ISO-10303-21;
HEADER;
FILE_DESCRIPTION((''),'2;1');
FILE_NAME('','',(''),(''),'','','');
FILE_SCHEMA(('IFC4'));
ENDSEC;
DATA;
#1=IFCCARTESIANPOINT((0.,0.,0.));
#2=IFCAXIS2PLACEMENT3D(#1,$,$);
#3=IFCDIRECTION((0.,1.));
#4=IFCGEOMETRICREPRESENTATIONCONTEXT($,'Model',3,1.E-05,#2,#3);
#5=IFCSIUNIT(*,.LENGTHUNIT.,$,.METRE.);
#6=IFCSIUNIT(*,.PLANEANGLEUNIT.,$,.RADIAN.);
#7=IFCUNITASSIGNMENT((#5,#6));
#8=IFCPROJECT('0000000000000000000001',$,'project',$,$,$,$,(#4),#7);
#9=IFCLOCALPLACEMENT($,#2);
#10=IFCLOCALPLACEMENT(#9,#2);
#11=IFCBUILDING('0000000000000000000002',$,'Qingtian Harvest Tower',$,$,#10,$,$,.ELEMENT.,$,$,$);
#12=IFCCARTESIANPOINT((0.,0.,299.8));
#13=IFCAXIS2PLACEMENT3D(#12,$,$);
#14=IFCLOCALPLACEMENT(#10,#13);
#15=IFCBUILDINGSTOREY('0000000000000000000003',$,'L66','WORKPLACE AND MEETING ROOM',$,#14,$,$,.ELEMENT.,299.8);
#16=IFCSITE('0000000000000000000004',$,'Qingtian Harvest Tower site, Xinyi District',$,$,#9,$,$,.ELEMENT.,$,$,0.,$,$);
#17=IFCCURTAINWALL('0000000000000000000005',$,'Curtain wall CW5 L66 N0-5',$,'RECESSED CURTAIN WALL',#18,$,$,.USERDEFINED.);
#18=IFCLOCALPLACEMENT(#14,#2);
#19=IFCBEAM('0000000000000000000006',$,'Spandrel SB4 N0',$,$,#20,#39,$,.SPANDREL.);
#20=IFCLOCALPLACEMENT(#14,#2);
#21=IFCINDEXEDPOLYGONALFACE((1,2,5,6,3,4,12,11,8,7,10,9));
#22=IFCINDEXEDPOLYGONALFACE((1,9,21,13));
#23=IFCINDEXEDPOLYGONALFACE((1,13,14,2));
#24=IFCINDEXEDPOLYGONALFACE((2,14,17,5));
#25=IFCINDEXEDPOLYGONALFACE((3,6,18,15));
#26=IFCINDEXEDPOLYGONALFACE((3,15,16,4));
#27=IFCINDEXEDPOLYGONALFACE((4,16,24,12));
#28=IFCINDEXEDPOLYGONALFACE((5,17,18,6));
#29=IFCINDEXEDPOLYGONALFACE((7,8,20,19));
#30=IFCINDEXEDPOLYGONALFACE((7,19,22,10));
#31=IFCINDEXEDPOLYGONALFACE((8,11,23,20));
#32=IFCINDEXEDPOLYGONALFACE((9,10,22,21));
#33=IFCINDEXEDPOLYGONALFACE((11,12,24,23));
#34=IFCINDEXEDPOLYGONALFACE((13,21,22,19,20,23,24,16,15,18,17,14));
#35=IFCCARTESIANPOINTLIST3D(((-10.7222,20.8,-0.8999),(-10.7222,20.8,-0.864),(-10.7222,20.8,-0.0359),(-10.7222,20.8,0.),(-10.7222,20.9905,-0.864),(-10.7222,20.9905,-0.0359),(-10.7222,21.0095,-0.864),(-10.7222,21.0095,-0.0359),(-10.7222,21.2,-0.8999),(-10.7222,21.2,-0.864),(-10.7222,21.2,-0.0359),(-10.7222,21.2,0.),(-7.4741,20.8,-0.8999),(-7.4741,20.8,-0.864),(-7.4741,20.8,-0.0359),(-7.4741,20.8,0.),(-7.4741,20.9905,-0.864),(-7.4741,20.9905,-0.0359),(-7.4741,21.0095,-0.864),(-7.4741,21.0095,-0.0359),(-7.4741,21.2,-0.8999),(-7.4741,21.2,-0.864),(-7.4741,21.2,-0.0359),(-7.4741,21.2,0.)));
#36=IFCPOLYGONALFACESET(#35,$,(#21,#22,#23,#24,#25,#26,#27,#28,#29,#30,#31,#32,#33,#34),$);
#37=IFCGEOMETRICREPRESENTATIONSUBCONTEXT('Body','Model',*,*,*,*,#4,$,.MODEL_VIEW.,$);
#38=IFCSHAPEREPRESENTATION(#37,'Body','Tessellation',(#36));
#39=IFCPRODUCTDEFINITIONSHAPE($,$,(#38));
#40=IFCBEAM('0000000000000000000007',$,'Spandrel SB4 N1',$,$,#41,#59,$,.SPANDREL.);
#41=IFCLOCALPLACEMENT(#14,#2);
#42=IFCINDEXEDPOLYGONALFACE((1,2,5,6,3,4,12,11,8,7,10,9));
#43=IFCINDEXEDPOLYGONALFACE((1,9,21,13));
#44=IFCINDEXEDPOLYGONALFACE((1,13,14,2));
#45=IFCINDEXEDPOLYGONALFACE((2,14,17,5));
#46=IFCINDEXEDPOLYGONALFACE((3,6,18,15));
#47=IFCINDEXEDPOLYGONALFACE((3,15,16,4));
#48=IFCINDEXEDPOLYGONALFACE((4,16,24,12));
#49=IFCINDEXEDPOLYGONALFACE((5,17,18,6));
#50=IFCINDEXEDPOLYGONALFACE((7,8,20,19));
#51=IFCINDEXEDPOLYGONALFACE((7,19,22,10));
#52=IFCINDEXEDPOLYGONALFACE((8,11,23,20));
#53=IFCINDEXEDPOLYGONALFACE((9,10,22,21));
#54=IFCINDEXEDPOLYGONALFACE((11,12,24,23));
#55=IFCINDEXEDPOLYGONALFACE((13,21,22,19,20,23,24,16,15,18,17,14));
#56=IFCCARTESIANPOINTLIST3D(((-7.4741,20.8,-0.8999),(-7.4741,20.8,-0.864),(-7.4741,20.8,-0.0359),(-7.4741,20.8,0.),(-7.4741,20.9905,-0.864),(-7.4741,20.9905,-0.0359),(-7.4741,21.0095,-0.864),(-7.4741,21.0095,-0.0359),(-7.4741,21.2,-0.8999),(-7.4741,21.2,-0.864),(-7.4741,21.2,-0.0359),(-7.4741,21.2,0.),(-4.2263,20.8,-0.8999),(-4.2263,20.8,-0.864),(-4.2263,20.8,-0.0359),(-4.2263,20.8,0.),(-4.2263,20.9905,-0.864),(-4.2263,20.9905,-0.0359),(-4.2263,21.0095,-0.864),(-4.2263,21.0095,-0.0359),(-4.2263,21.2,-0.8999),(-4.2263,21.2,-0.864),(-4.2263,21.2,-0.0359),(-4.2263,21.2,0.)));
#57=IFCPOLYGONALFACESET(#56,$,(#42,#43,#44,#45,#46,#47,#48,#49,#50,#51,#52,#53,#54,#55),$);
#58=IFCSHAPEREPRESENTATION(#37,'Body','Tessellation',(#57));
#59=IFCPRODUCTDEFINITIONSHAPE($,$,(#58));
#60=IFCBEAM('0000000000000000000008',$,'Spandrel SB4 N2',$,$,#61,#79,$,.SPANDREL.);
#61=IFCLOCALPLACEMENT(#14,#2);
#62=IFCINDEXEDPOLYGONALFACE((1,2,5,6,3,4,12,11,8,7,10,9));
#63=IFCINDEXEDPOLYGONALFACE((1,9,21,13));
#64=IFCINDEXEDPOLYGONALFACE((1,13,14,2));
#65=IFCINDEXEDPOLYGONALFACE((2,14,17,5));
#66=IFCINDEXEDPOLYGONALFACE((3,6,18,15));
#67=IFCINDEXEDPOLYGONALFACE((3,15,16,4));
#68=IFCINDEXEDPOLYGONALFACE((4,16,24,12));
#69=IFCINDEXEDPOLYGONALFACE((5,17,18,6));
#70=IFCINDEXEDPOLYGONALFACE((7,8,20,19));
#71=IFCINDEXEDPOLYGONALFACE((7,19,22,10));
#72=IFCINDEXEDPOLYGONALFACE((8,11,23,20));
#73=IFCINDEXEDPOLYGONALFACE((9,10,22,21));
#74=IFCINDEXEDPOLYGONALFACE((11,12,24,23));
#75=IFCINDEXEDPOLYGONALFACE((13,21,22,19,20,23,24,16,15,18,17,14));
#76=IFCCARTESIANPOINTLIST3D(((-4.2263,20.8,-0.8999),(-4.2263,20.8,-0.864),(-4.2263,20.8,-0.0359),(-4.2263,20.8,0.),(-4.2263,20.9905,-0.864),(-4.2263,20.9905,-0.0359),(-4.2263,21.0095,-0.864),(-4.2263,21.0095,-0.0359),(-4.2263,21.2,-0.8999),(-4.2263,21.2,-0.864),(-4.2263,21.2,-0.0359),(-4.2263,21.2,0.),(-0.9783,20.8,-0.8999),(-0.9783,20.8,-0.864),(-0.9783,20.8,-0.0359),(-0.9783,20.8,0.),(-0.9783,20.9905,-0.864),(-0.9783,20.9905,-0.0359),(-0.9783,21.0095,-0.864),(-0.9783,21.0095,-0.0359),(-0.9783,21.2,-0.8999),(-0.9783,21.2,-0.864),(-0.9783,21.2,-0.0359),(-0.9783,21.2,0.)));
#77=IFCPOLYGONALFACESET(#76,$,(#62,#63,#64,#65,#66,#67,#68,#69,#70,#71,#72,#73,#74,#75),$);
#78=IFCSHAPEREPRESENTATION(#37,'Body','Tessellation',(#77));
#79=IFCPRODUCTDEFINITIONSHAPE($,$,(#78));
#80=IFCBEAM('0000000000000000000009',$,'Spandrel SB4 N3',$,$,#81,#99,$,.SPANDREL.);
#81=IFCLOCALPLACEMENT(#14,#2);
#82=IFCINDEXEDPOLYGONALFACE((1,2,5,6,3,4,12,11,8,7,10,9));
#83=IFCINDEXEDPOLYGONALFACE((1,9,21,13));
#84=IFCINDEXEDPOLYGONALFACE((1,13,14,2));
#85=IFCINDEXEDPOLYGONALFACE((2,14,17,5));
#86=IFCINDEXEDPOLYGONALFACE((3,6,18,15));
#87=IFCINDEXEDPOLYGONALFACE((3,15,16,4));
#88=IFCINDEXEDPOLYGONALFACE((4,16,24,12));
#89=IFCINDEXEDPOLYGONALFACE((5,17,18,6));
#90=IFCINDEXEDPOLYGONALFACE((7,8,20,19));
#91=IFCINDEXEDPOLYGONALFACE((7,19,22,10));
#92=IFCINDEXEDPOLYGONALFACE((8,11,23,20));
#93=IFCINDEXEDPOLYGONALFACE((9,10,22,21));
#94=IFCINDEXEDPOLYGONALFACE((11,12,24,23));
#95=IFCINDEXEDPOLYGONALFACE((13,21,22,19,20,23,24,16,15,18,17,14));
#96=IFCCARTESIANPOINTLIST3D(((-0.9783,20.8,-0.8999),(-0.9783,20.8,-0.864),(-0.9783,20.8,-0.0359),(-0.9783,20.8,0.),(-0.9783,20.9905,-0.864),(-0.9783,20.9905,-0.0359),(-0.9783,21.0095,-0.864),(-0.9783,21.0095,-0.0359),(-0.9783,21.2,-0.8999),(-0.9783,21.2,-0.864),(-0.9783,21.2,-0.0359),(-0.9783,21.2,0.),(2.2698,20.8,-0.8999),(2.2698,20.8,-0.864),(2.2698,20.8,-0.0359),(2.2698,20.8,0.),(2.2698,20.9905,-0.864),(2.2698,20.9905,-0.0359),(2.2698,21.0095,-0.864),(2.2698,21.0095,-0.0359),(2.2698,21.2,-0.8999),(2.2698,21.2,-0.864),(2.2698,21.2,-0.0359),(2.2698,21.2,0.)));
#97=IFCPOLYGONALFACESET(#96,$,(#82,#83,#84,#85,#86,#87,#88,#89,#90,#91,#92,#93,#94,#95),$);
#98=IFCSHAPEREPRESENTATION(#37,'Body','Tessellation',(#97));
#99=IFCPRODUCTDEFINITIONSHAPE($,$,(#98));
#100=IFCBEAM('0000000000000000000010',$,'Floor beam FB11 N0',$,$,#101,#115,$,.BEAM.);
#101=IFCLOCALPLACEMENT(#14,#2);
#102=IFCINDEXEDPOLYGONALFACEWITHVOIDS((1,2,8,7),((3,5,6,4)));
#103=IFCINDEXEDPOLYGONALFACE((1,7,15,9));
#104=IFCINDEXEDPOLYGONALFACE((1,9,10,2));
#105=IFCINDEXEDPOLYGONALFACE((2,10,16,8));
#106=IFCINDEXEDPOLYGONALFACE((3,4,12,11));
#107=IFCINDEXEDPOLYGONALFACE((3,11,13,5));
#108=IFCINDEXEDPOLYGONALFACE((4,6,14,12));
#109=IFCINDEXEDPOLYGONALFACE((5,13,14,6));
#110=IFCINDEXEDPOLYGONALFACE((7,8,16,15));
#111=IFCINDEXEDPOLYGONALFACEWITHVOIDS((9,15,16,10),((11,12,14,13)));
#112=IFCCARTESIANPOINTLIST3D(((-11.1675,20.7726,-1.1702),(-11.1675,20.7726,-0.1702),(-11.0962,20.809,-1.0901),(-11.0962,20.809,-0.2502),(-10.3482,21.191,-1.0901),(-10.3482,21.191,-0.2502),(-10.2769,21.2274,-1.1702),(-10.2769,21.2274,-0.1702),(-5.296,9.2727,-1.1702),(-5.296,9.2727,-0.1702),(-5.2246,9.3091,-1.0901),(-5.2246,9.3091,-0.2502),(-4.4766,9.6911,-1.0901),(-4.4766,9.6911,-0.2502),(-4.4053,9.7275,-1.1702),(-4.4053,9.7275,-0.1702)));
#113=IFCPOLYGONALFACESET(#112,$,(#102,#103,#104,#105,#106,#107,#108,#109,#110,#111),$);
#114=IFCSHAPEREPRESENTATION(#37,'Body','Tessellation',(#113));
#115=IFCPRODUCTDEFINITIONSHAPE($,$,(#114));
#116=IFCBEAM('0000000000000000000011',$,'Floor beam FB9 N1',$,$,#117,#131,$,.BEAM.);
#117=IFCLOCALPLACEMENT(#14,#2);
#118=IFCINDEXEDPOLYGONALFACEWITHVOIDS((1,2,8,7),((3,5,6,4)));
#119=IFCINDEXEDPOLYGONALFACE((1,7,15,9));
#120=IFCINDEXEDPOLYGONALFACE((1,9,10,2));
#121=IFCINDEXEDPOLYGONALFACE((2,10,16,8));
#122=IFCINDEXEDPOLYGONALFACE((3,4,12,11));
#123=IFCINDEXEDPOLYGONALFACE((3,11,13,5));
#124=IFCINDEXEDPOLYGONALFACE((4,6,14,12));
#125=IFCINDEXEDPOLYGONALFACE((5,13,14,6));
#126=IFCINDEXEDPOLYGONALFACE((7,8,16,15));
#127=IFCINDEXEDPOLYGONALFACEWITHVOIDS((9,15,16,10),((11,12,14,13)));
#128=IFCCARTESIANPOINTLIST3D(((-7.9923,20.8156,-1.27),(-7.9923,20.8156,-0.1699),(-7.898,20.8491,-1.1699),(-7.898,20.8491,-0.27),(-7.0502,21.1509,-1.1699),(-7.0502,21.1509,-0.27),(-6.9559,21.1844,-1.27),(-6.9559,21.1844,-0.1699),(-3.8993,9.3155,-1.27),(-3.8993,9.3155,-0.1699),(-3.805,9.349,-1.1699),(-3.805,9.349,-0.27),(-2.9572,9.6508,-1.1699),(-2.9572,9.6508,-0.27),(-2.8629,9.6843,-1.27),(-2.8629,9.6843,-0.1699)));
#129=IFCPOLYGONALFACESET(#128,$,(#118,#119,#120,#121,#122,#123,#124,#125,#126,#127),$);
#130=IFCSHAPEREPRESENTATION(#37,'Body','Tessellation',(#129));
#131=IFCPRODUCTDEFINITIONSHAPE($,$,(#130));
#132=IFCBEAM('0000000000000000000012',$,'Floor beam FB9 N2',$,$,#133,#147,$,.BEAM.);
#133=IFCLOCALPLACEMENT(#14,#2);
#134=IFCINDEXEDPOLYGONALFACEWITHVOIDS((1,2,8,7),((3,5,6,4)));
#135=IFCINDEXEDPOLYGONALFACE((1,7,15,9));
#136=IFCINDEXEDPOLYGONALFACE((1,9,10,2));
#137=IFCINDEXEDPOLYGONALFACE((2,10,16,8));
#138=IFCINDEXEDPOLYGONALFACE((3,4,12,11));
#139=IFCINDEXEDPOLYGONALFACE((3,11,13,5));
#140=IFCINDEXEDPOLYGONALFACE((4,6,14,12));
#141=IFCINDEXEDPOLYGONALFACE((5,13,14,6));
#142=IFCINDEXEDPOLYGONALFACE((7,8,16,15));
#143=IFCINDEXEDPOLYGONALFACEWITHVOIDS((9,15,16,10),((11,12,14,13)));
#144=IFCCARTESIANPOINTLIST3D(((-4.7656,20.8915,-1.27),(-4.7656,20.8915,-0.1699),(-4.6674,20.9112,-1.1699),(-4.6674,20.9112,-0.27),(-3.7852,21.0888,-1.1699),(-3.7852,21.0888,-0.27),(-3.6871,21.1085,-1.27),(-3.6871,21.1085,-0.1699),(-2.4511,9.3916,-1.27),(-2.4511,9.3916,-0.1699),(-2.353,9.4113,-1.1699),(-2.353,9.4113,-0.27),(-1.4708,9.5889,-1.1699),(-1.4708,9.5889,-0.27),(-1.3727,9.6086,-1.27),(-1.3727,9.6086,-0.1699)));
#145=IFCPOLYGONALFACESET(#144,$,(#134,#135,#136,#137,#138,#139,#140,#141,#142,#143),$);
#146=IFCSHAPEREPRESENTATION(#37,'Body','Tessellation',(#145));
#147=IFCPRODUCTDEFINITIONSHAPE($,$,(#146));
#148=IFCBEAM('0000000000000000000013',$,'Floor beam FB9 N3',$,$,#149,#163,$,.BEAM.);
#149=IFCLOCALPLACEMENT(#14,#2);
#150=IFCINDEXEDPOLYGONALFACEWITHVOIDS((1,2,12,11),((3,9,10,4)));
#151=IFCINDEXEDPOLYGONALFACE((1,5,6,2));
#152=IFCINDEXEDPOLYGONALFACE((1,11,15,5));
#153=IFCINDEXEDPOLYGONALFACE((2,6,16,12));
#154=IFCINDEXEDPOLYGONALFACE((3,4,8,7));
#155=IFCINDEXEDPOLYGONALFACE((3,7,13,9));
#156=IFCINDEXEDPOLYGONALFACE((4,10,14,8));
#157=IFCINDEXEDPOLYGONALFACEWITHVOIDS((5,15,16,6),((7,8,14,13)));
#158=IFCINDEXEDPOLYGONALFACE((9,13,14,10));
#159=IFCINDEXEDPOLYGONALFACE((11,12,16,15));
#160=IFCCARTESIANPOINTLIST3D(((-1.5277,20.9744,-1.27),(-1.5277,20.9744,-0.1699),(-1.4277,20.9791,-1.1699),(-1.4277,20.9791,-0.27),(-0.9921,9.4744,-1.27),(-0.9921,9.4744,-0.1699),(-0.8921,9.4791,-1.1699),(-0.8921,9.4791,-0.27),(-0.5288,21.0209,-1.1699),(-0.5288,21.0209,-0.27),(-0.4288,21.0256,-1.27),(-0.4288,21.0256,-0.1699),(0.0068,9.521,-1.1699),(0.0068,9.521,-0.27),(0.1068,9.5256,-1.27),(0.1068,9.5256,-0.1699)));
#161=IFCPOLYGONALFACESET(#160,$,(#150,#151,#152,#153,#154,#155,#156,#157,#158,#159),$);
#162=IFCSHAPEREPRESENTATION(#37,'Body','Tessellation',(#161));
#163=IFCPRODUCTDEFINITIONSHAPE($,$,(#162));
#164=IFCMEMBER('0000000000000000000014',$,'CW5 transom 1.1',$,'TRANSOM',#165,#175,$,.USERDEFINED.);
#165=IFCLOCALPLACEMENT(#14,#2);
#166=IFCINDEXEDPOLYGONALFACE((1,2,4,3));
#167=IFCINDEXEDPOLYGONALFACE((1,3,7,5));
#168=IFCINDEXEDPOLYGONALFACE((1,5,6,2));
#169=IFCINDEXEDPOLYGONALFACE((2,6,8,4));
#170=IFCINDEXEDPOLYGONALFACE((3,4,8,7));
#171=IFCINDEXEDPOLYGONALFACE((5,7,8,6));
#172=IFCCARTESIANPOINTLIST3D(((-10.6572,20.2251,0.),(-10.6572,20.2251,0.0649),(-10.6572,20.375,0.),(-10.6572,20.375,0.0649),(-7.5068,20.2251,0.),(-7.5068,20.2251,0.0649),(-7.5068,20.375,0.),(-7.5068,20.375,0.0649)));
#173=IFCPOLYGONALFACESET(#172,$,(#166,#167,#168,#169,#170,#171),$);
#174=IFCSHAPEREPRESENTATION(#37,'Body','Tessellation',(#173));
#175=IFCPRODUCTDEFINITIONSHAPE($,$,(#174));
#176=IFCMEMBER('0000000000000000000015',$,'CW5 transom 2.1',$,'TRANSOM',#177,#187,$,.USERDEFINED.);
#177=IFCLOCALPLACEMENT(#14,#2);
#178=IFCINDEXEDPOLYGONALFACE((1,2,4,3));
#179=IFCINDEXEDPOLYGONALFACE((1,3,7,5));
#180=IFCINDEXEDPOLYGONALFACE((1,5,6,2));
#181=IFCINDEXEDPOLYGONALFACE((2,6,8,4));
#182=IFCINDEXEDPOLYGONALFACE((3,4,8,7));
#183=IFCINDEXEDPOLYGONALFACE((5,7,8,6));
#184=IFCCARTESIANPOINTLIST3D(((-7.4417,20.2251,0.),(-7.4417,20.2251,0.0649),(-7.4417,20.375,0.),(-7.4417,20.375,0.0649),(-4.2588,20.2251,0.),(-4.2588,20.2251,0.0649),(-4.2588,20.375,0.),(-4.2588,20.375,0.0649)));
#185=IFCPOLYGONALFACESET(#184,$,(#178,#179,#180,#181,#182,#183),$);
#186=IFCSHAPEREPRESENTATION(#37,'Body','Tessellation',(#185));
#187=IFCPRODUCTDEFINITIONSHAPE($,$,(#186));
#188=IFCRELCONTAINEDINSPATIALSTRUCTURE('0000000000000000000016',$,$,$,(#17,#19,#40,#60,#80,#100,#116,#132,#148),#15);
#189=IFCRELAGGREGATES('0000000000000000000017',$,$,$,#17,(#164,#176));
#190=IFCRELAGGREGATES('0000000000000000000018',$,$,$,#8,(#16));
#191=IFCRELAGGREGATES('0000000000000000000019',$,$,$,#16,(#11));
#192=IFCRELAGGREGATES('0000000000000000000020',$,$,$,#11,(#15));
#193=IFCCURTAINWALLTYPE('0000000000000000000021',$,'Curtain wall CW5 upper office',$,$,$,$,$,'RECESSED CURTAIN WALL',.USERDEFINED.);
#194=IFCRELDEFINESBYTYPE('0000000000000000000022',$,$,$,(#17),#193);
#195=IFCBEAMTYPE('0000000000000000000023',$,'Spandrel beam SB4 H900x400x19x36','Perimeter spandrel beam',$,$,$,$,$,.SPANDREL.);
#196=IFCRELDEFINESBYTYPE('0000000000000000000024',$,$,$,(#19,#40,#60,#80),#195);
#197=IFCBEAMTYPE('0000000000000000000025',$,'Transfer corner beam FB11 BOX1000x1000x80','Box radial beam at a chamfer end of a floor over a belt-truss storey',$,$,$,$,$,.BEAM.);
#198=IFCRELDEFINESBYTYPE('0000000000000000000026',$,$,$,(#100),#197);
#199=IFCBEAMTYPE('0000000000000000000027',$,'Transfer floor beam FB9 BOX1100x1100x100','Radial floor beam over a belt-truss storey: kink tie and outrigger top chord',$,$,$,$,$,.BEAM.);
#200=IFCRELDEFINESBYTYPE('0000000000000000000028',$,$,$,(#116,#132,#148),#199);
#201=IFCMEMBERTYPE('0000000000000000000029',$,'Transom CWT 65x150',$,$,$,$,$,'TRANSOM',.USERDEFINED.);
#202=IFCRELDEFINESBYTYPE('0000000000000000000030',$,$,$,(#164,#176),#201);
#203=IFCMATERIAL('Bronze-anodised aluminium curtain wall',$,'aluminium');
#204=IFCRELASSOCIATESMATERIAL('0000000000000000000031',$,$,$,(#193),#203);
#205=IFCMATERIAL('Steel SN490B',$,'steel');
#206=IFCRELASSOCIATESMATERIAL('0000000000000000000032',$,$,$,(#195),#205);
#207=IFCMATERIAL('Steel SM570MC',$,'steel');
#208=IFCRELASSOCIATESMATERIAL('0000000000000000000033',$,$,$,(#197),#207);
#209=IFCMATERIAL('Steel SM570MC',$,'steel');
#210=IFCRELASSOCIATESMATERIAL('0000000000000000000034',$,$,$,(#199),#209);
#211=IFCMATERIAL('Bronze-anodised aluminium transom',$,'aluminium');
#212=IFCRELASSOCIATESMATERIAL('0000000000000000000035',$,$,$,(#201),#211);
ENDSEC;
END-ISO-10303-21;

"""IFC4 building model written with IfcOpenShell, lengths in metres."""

from ifc_helpers import new_model, si_unit, direction, frame, origin, origin_2d, place, context, subcontext, project, spatial, rectangle, hollow_rectangle, i_section, extrude, material, material_profile, profile_set, type_object, element, aggregate, save


model = new_model("IFC4")

# Units and contexts
model_context = context("Model", 3, precision=1e-05, world=origin(), true_north=direction((0.0, 1.0)))
body_context = subcontext(model_context, "Body", "Model", "MODEL_VIEW")
ifc_project = project(units=[si_unit("LENGTHUNIT", "METRE"), si_unit("PLANEANGLEUNIT", "RADIAN")], contexts=[model_context])

# Site, building, storey
site_placement = place(None, origin())
site = spatial("IfcSite", under=ifc_project, at=site_placement, Name="Qingtian Harvest Tower site, Xinyi District", CompositionType="ELEMENT", RefElevation=0.0)
building_placement = place(site_placement, origin())
building = spatial("IfcBuilding", under=site, at=building_placement, Name="Qingtian Harvest Tower", CompositionType="ELEMENT")
storey_placement = place(building_placement, frame((0.0, 0.0, 299.8)))
storey = spatial("IfcBuildingStorey", under=building, at=storey_placement, Name="L66", Description="WORKPLACE AND MEETING ROOM", CompositionType="ELEMENT", Elevation=299.8)

# Curtain wall
ifc_material_1 = material(Name="Bronze-anodised aluminium curtain wall", Category="aluminium")
curtain_wall_type = type_object("IfcCurtainWallType", Name="Curtain wall CW5 upper office", ElementType="RECESSED CURTAIN WALL", PredefinedType="USERDEFINED", material=ifc_material_1)
curtain_wall_1_placement = place(storey_placement, origin())
curtain_wall_1 = element("IfcCurtainWall", 1, at=curtain_wall_1_placement, inside=storey, type_object=curtain_wall_type, Name="Curtain wall CW5 L66 N0-5", ObjectType="RECESSED CURTAIN WALL", PredefinedType="USERDEFINED")

# Beams
ifc_material_2 = material(Name="Steel SN490B", Category="steel")
ifc_material_profile_1 = material_profile(ifc_material_2, i_section(OverallWidth=0.3999, OverallDepth=0.8999, WebThickness=0.019, FlangeThickness=0.0359, at=origin_2d()), Name="H900x400x19x36")
ifc_profile_set_1 = profile_set([ifc_material_profile_1], Name="Steel SN490B")
beam_type_1 = type_object("IfcBeamType", Name="Spandrel beam SB4 H900x400x19x36", Description="Perimeter spandrel beam", PredefinedType="SPANDREL", material=ifc_profile_set_1)
beam_1_placement = place(storey_placement, frame((-10.7222, 21.0, -0.45), z_axis=(1.0, 0.0, 0.0), x_axis=(0.0, 1.0, 0.0)))
element("IfcBeam", 2, at=beam_1_placement, inside=storey, type_object=beam_type_1, Name="Spandrel SB4 N0", PredefinedType="SPANDREL", context=body_context, shape_type="SweptSolid", body=[
    extrude(i_section(OverallWidth=0.3999, OverallDepth=0.8999, WebThickness=0.019, FlangeThickness=0.0359, at=origin_2d()), origin(), (0.0, 0.0, 1.0), 3.248),
])
beam_2_placement = place(storey_placement, frame((-7.4741, 21.0, -0.45), z_axis=(1.0, 0.0, 0.0), x_axis=(0.0, 1.0, 0.0)))
element("IfcBeam", 3, at=beam_2_placement, inside=storey, type_object=beam_type_1, Name="Spandrel SB4 N1", PredefinedType="SPANDREL", context=body_context, shape_type="SweptSolid", body=[
    extrude(i_section(OverallWidth=0.3999, OverallDepth=0.8999, WebThickness=0.019, FlangeThickness=0.0359, at=origin_2d()), origin(), (0.0, 0.0, 1.0), 3.2478),
])
for number, where, z_axis, x_axis, name in (
    (4, (-4.2263, 21.0, -0.45), (1.0, 0.0, 0.0), (0.0, 1.0, 0.0), "Spandrel SB4 N2"),
    (5, (-0.9783, 21.0, -0.45), (1.0, 0.0, 0.0), (0.0, 1.0, 0.0), "Spandrel SB4 N3"),
):
    element("IfcBeam", number, at=place(storey_placement, frame(where, z_axis=z_axis, x_axis=x_axis)), inside=storey, type_object=beam_type_1, Name=name, PredefinedType="SPANDREL", context=body_context, shape_type="SweptSolid", body=[
        extrude(i_section(OverallWidth=0.3999, OverallDepth=0.8999, WebThickness=0.019, FlangeThickness=0.0359, at=origin_2d()), origin(), (0.0, 0.0, 1.0), 3.248),
    ])
ifc_material_3 = material(Name="Steel SM570MC", Category="steel")
ifc_material_profile_2 = material_profile(ifc_material_3, hollow_rectangle(XDim=1.0, YDim=1.0, WallThickness=0.0801, at=origin_2d()), Name="BOX1000x1000x80")
ifc_profile_set_2 = profile_set([ifc_material_profile_2], Name="Steel SM570MC")
beam_type_2 = type_object("IfcBeamType", Name="Transfer corner beam FB11 BOX1000x1000x80", Description="Box radial beam at a chamfer end of a floor over a belt-truss storey", PredefinedType="BEAM", material=ifc_profile_set_2)
beam_3_placement = place(storey_placement, frame((-10.7222, 21.0, -0.6702), z_axis=(0.454731, -0.890629, 0.0), x_axis=(0.890629, 0.454731, 0.0)))
element("IfcBeam", 6, at=beam_3_placement, inside=storey, type_object=beam_type_2, Name="Floor beam FB11 N0", PredefinedType="BEAM", context=body_context, shape_type="SweptSolid", body=[
    extrude(hollow_rectangle(XDim=1.0, YDim=1.0, WallThickness=0.0801, at=origin_2d()), origin(), (0.0, 0.0, 1.0), 12.9121),
])
ifc_material_4 = material(Name="Steel SM570MC", Category="steel")
ifc_material_profile_3 = material_profile(ifc_material_4, hollow_rectangle(XDim=1.1001, YDim=1.1001, WallThickness=0.1001, at=origin_2d()), Name="BOX1100x1100x100")
ifc_profile_set_3 = profile_set([ifc_material_profile_3], Name="Steel SM570MC")
beam_type_3 = type_object("IfcBeamType", Name="Transfer floor beam FB9 BOX1100x1100x100", Description="Radial floor beam over a belt-truss storey: kink tie and outrigger top chord", PredefinedType="BEAM", material=ifc_profile_set_3)
beam_4_placement = place(storey_placement, frame((-7.4741, 21.0, -0.72), z_axis=(0.33531, -0.942108, 0.0), x_axis=(0.942108, 0.33531, 0.0)))
element("IfcBeam", 7, at=beam_4_placement, inside=storey, type_object=beam_type_3, Name="Floor beam FB9 N1", PredefinedType="BEAM", context=body_context, shape_type="SweptSolid", body=[
    extrude(hollow_rectangle(XDim=1.1001, YDim=1.1001, WallThickness=0.1001, at=origin_2d()), origin(), (0.0, 0.0, 1.0), 12.2068),
])
beam_5_placement = place(storey_placement, frame((-4.2263, 21.0, -0.72), z_axis=(0.197301, -0.980343, 0.0), x_axis=(0.980343, 0.197301, 0.0)))
element("IfcBeam", 8, at=beam_5_placement, inside=storey, type_object=beam_type_3, Name="Floor beam FB9 N2", PredefinedType="BEAM", context=body_context, shape_type="SweptSolid", body=[
    extrude(hollow_rectangle(XDim=1.1001, YDim=1.1001, WallThickness=0.1001, at=origin_2d()), origin(), (0.0, 0.0, 1.0), 11.7305),
])
beam_6_placement = place(storey_placement, frame((-0.9783, 21.0, -0.72), z_axis=(0.046527, -0.998917, 0.0), x_axis=(0.998917, 0.046527, 0.0)))
element("IfcBeam", 9, at=beam_6_placement, inside=storey, type_object=beam_type_3, Name="Floor beam FB9 N3", PredefinedType="BEAM", context=body_context, shape_type="SweptSolid", body=[
    extrude(hollow_rectangle(XDim=1.1001, YDim=1.1001, WallThickness=0.1001, at=origin_2d()), origin(), (0.0, 0.0, 1.0), 11.5125),
])

# Members
ifc_material_5 = material(Name="Bronze-anodised aluminium transom", Category="aluminium")
ifc_material_profile_4 = material_profile(ifc_material_5, rectangle(XDim=0.1499, YDim=0.0649, at=origin_2d()), Name="AL 65x150")
ifc_profile_set_4 = profile_set([ifc_material_profile_4], Name="Bronze-anodised aluminium transom")
member_type_1 = type_object("IfcMemberType", Name="Transom CWT 65x150", ElementType="TRANSOM", PredefinedType="USERDEFINED", material=ifc_profile_set_4)
member_1_placement = place(storey_placement, frame((-10.6572, 20.3, 0.0325), z_axis=(1.0, 0.0, 0.0), x_axis=(0.0, 1.0, 0.0)))
member_1 = element("IfcMember", 10, at=member_1_placement, type_object=member_type_1, Name="CW5 transom 1.1", ObjectType="TRANSOM", PredefinedType="USERDEFINED", context=body_context, shape_type="SweptSolid", body=[
    extrude(rectangle(XDim=0.1499, YDim=0.0649, at=origin_2d()), origin(), (0.0, 0.0, 1.0), 3.1504),
])
member_2_placement = place(storey_placement, frame((-7.4417, 20.3, 0.0325), z_axis=(1.0, 0.0, 0.0), x_axis=(0.0, 1.0, 0.0)))
member_2 = element("IfcMember", 11, at=member_2_placement, type_object=member_type_1, Name="CW5 transom 2.1", ObjectType="TRANSOM", PredefinedType="USERDEFINED", context=body_context, shape_type="SweptSolid", body=[
    extrude(rectangle(XDim=0.1499, YDim=0.0649, at=origin_2d()), origin(), (0.0, 0.0, 1.0), 3.1829),
])

aggregate(curtain_wall_1, [member_1, member_2])

save(model, "model.ifc")
